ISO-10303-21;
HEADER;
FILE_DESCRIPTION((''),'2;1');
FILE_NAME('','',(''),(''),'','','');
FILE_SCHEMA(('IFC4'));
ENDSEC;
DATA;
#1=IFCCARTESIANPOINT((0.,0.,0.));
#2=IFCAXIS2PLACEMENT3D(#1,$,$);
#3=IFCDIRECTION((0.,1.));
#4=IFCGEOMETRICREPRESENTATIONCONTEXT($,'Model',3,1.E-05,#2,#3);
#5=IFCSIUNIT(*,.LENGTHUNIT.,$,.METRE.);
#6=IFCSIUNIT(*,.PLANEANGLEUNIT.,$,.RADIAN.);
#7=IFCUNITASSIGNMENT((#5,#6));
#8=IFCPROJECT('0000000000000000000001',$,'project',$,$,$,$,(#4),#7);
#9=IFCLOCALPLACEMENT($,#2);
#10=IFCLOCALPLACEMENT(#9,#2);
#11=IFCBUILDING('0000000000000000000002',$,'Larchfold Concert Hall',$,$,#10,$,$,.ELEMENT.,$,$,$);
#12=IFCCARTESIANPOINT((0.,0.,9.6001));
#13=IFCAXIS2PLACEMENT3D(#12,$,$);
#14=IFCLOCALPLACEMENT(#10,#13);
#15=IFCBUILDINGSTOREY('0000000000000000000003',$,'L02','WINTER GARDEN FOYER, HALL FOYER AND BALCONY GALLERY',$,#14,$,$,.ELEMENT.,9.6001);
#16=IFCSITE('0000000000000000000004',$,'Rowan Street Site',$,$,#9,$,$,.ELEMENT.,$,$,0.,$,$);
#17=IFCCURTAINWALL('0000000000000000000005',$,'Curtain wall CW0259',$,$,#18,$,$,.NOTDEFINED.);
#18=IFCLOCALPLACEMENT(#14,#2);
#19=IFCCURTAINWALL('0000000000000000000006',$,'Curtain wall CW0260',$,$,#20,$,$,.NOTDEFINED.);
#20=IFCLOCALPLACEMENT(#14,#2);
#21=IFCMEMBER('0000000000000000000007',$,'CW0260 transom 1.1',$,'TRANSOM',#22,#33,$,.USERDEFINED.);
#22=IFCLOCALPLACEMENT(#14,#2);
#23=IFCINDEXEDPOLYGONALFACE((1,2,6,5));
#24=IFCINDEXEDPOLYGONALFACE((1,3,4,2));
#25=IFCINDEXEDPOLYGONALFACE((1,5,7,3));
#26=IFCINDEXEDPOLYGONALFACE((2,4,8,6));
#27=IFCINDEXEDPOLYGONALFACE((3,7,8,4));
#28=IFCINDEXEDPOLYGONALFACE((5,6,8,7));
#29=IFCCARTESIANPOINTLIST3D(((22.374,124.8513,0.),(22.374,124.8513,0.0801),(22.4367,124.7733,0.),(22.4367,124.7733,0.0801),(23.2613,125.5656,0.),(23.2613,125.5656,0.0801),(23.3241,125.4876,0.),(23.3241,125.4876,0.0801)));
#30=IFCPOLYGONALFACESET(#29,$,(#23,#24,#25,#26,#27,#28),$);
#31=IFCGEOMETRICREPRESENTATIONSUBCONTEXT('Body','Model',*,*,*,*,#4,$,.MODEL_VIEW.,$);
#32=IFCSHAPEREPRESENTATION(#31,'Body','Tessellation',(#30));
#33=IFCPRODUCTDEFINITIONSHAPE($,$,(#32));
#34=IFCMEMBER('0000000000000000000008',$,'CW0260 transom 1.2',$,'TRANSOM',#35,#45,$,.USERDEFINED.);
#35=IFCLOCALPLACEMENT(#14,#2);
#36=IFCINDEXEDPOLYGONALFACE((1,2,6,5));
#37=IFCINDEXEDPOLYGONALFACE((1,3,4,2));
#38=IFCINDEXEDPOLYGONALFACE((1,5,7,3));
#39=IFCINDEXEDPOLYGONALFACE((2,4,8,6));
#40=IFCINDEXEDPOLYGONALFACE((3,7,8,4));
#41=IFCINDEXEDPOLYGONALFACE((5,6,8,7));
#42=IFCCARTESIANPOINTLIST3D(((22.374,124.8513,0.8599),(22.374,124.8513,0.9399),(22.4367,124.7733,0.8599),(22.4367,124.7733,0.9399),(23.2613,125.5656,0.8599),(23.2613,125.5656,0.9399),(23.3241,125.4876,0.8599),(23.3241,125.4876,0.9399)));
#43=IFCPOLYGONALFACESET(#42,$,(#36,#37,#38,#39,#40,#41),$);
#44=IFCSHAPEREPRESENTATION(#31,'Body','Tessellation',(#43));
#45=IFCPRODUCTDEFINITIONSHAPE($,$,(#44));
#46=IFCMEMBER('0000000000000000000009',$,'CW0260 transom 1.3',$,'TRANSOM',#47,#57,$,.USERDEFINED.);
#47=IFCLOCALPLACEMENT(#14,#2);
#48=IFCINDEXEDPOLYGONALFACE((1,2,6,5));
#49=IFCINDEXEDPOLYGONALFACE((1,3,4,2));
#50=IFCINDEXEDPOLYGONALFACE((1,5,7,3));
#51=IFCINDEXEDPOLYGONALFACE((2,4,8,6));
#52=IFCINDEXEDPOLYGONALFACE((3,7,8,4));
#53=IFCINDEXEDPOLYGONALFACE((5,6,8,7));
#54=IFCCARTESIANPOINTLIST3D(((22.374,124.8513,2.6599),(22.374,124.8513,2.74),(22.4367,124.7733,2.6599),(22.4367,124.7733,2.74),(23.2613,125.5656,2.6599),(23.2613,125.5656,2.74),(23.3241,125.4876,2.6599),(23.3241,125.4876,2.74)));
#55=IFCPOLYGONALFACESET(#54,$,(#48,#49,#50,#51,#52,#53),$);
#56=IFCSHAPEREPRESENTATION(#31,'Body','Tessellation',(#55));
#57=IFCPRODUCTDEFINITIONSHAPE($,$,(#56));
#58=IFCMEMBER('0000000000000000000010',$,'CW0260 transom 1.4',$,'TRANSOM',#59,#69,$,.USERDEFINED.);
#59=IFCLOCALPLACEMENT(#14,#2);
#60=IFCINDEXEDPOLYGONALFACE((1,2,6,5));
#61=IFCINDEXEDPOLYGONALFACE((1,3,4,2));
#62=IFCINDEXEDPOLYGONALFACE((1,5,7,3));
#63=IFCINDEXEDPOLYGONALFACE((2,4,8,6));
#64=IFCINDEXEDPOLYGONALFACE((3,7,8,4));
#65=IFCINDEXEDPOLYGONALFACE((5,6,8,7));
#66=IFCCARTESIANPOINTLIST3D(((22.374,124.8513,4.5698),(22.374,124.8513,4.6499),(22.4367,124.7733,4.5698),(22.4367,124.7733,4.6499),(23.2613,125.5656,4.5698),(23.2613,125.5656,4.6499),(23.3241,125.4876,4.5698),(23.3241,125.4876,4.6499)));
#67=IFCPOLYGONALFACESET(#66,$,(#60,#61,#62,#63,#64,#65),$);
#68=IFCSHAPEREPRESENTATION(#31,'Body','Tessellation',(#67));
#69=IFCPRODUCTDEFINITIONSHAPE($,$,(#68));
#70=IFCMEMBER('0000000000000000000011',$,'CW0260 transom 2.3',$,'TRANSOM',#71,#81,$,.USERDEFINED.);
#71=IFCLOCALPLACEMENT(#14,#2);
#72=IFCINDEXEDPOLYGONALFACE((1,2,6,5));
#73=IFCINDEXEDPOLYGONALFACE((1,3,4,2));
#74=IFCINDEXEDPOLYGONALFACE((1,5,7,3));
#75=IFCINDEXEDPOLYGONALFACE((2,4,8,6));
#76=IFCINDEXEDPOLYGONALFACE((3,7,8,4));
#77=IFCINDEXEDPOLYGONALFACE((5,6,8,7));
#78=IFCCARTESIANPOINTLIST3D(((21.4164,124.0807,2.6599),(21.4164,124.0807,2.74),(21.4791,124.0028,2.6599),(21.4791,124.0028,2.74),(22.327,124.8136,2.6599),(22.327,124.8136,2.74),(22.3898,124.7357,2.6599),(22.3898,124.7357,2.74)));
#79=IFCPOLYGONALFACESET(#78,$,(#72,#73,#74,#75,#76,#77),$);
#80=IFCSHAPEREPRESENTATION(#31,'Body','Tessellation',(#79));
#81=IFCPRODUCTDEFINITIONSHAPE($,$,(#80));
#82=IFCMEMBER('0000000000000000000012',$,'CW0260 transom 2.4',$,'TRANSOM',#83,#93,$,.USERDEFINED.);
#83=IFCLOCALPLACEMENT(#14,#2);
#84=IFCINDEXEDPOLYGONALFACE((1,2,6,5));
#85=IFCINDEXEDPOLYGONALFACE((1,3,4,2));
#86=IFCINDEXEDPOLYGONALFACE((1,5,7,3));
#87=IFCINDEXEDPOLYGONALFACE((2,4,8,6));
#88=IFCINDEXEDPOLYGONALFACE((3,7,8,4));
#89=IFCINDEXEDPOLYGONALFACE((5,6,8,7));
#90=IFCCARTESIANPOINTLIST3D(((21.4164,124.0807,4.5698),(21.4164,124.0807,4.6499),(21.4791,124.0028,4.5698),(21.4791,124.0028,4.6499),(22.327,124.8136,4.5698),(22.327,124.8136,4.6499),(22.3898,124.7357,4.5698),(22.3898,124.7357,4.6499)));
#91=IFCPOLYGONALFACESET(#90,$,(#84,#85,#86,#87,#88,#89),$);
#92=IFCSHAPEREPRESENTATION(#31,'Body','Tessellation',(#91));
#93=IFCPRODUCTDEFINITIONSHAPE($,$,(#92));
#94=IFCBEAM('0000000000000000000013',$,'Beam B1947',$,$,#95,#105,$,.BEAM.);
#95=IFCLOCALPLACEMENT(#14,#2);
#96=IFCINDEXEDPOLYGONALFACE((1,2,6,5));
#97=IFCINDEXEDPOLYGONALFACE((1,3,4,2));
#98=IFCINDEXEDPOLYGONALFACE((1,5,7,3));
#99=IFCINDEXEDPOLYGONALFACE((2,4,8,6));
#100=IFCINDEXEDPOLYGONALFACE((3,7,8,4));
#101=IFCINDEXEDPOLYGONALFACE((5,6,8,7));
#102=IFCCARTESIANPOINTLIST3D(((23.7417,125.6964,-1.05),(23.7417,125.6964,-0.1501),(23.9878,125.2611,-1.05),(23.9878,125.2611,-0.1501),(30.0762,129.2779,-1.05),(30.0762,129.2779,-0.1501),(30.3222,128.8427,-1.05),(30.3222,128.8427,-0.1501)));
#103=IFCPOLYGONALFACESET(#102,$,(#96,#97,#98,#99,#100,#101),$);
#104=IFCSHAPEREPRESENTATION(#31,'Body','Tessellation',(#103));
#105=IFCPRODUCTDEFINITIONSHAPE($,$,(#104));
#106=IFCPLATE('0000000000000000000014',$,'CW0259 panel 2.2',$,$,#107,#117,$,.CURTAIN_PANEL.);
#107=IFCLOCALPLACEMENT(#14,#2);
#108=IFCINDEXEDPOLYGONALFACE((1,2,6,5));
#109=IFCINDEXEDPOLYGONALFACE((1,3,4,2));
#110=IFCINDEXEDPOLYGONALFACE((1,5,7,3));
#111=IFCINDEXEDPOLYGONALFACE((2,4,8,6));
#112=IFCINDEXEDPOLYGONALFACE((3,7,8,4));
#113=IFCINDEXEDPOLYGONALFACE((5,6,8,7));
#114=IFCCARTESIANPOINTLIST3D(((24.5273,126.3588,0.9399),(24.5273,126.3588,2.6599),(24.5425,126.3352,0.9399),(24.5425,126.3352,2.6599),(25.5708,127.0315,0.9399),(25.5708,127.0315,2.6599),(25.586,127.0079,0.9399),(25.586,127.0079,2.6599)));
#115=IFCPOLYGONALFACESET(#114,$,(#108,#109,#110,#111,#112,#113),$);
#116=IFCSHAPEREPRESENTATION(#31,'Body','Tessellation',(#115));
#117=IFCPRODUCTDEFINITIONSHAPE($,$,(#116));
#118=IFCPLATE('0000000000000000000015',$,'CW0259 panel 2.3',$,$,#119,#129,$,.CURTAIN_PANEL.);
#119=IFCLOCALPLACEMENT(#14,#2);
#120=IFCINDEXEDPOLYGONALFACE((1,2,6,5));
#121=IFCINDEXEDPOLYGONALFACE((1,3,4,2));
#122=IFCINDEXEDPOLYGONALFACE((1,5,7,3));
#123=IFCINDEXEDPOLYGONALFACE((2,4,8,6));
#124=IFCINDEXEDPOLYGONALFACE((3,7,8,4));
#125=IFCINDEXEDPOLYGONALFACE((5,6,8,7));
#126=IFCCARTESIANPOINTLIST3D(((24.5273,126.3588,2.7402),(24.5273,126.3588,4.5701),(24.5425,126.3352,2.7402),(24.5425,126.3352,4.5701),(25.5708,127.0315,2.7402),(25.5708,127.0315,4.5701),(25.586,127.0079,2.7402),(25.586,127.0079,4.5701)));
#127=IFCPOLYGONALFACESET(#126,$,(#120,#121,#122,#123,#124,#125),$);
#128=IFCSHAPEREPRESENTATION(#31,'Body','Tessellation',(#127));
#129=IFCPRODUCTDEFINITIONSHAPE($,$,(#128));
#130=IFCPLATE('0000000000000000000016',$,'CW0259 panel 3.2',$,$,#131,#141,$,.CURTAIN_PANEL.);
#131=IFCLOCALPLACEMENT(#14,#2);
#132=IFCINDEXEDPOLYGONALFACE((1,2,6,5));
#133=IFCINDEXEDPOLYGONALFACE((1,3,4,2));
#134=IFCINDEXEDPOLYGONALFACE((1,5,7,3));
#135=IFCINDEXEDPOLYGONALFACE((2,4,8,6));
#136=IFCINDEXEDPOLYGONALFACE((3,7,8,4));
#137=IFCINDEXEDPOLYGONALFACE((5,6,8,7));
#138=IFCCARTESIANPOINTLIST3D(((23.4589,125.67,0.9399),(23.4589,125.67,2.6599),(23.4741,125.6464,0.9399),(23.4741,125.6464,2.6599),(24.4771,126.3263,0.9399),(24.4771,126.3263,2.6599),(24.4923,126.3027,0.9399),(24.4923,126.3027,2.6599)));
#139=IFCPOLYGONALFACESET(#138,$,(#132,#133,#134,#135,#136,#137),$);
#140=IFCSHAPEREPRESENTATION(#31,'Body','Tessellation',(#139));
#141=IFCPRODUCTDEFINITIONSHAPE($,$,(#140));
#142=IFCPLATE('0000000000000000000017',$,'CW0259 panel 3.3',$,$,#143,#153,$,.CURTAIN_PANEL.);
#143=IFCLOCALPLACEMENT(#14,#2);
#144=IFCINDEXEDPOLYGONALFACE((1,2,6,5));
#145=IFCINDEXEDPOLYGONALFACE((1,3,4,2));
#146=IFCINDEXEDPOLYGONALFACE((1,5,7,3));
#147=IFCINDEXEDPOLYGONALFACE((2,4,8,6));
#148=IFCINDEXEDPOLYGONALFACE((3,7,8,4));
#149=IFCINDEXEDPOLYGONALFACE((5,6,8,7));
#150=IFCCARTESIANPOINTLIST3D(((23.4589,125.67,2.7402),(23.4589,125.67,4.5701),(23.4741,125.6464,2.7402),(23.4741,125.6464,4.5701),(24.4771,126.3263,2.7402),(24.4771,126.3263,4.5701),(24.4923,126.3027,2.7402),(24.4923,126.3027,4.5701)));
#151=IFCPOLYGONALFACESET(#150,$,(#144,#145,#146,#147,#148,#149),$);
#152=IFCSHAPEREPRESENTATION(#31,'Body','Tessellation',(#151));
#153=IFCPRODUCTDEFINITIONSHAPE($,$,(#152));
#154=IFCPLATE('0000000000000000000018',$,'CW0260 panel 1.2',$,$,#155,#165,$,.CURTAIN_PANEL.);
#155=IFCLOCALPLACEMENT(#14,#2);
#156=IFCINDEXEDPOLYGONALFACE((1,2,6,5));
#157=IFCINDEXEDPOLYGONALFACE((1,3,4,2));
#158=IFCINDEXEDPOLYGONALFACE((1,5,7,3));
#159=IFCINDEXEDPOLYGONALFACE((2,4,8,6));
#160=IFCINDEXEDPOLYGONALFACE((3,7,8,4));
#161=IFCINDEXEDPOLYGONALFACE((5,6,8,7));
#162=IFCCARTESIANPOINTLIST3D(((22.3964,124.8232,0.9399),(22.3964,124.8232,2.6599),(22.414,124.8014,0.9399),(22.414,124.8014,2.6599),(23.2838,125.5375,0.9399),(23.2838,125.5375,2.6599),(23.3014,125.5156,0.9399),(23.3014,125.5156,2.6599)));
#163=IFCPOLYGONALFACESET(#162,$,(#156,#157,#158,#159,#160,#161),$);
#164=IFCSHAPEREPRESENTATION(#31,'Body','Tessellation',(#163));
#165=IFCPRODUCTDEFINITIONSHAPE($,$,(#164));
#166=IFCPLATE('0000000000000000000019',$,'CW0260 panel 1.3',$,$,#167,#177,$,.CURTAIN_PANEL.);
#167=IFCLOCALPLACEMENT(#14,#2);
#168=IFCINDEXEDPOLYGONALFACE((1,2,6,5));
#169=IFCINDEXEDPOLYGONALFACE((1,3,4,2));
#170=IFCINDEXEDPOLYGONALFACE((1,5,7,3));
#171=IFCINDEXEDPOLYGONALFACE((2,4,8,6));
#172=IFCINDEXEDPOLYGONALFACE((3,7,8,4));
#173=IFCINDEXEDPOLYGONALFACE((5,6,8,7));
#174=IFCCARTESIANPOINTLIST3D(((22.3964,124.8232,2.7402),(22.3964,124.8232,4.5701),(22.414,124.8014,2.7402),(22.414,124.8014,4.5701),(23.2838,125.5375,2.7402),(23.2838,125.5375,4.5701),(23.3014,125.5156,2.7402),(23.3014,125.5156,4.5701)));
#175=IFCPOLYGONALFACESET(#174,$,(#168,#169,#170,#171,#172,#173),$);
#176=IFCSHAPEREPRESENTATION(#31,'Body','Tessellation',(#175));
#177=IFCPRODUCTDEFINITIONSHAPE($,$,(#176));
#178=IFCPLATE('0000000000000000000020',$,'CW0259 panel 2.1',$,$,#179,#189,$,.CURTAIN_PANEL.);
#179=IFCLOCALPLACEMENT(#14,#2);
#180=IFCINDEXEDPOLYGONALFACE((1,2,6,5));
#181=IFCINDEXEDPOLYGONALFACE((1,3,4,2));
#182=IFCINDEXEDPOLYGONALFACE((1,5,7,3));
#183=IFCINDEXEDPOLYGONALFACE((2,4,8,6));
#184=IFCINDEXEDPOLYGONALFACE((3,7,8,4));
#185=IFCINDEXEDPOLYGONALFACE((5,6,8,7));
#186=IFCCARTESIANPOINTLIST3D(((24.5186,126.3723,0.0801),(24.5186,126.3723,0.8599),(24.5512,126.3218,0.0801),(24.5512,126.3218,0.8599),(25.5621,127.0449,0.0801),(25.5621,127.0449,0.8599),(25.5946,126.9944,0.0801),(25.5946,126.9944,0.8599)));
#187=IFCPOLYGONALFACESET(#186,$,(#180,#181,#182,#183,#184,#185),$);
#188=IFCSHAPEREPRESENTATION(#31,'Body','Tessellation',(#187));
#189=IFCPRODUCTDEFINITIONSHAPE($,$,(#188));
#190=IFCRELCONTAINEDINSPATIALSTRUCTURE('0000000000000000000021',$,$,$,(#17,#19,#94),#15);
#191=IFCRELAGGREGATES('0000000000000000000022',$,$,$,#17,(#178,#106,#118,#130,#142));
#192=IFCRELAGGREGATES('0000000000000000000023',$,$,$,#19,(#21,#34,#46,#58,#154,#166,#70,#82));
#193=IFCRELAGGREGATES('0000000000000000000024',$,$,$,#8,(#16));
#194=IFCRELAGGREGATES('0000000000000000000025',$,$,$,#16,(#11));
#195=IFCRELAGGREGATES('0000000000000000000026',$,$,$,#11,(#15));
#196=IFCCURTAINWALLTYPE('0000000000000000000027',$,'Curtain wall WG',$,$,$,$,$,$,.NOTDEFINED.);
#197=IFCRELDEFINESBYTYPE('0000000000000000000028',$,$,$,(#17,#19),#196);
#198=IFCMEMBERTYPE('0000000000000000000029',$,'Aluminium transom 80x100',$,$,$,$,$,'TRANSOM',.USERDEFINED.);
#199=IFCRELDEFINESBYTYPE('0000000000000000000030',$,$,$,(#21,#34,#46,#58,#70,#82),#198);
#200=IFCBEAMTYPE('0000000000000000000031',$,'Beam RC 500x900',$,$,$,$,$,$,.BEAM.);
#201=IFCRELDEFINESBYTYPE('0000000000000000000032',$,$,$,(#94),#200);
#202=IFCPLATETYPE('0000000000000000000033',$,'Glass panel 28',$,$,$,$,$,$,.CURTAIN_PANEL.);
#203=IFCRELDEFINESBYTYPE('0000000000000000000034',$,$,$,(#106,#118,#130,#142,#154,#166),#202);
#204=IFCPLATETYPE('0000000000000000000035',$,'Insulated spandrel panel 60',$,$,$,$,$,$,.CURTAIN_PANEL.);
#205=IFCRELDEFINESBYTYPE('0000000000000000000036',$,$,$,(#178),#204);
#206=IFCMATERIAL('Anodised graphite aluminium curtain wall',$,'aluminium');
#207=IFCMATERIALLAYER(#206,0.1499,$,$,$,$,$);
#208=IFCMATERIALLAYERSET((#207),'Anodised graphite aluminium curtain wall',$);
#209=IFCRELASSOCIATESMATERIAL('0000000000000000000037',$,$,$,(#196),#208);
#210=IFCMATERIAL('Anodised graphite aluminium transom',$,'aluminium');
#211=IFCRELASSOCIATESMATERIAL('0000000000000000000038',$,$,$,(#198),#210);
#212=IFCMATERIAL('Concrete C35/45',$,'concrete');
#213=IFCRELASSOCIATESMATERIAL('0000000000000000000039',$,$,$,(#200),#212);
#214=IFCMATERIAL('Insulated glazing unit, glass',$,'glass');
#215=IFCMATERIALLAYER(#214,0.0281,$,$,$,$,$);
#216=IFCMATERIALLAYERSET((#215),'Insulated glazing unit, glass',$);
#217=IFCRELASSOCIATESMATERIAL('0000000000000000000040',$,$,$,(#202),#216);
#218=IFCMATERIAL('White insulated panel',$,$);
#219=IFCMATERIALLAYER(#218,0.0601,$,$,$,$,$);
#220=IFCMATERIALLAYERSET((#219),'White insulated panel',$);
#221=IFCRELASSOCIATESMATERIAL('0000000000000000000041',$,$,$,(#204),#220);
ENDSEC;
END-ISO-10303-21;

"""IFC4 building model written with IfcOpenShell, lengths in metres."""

from ifc_helpers import new_model, si_unit, direction, frame, origin, origin_2d, place, context, subcontext, project, spatial, rectangle, extrude, material, layer, layer_set, material_profile, profile_set, type_object, element, aggregate, save


model = new_model("IFC4")

# Units and contexts
model_context = context("Model", 3, precision=1e-05, world=origin(), true_north=direction((0.0, 1.0)))
body_context = subcontext(model_context, "Body", "Model", "MODEL_VIEW")
ifc_project = project(units=[si_unit("LENGTHUNIT", "METRE"), si_unit("PLANEANGLEUNIT", "RADIAN")], contexts=[model_context])

# Site, building, storey
site_placement = place(None, origin())
site = spatial("IfcSite", under=ifc_project, at=site_placement, Name="Rowan Street Site", CompositionType="ELEMENT", RefElevation=0.0)
building_placement = place(site_placement, origin())
building = spatial("IfcBuilding", under=site, at=building_placement, Name="Larchfold Concert Hall", CompositionType="ELEMENT")
storey_placement = place(building_placement, frame((0.0, 0.0, 9.6001)))
storey = spatial("IfcBuildingStorey", under=building, at=storey_placement, Name="L02", Description="WINTER GARDEN FOYER, HALL FOYER AND BALCONY GALLERY", CompositionType="ELEMENT", Elevation=9.6001)

# Curtain walls
ifc_material_1 = material(Name="Anodised graphite aluminium curtain wall", Category="aluminium")
ifc_layer_1 = layer(ifc_material_1, 0.1499)
ifc_layer_set_1 = layer_set([ifc_layer_1], Name="Anodised graphite aluminium curtain wall")
curtain_wall_type = type_object("IfcCurtainWallType", Name="Curtain wall WG", PredefinedType="NOTDEFINED", material=ifc_layer_set_1)
curtain_wall_1_placement = place(storey_placement, origin())
curtain_wall_1 = element("IfcCurtainWall", 1, at=curtain_wall_1_placement, inside=storey, type_object=curtain_wall_type, Name="Curtain wall CW0259", PredefinedType="NOTDEFINED")
curtain_wall_2_placement = place(storey_placement, origin())
curtain_wall_2 = element("IfcCurtainWall", 2, at=curtain_wall_2_placement, inside=storey, type_object=curtain_wall_type, Name="Curtain wall CW0260", PredefinedType="NOTDEFINED")

# Members
ifc_material_2 = material(Name="Anodised graphite aluminium transom", Category="aluminium")
ifc_material_profile_1 = material_profile(ifc_material_2, rectangle(XDim=0.1001, YDim=0.0801, at=origin_2d()))
ifc_profile_set_1 = profile_set([ifc_material_profile_1], Name="Anodised graphite aluminium transom")
member_type_1 = type_object("IfcMemberType", Name="Aluminium transom 80x100", ElementType="TRANSOM", PredefinedType="USERDEFINED", material=ifc_profile_set_1)
member_1_placement = place(storey_placement, frame((23.2927, 125.5266, 0.04), z_axis=(-0.778984, -0.627044, 0.0), x_axis=(0.627044, -0.778984, 0.0)))
member_1 = element("IfcMember", 3, at=member_1_placement, type_object=member_type_1, Name="CW0260 transom 1.1", ObjectType="TRANSOM", PredefinedType="USERDEFINED", context=body_context, shape_type="SweptSolid", body=[
    extrude(rectangle(XDim=0.1001, YDim=0.0801, at=origin_2d()), origin(), (0.0, 0.0, 1.0), 1.1392),
])
member_2_placement = place(storey_placement, frame((23.2927, 125.5266, 0.8999), z_axis=(-0.778984, -0.627044, 0.0), x_axis=(0.627044, -0.778984, 0.0)))
member_2 = element("IfcMember", 4, at=member_2_placement, type_object=member_type_1, Name="CW0260 transom 1.2", ObjectType="TRANSOM", PredefinedType="USERDEFINED", context=body_context, shape_type="SweptSolid", body=[
    extrude(rectangle(XDim=0.1001, YDim=0.0801, at=origin_2d()), origin(), (0.0, 0.0, 1.0), 1.1392),
])
member_3_placement = place(storey_placement, frame((23.2927, 125.5266, 2.7), z_axis=(-0.778984, -0.627044, 0.0), x_axis=(0.627044, -0.778984, 0.0)))
member_3 = element("IfcMember", 5, at=member_3_placement, type_object=member_type_1, Name="CW0260 transom 1.3", ObjectType="TRANSOM", PredefinedType="USERDEFINED", context=body_context, shape_type="SweptSolid", body=[
    extrude(rectangle(XDim=0.1001, YDim=0.0801, at=origin_2d()), origin(), (0.0, 0.0, 1.0), 1.1392),
])
member_4_placement = place(storey_placement, frame((23.2927, 125.5266, 4.6099), z_axis=(-0.778984, -0.627044, 0.0), x_axis=(0.627044, -0.778984, 0.0)))
member_4 = element("IfcMember", 6, at=member_4_placement, type_object=member_type_1, Name="CW0260 transom 1.4", ObjectType="TRANSOM", PredefinedType="USERDEFINED", context=body_context, shape_type="SweptSolid", body=[
    extrude(rectangle(XDim=0.1001, YDim=0.0801, at=origin_2d()), origin(), (0.0, 0.0, 1.0), 1.1392),
])
member_5_placement = place(storey_placement, frame((22.3584, 124.7747, 2.7), z_axis=(-0.779032, -0.626985, 0.0), x_axis=(0.626985, -0.779032, 0.0)))
member_5 = element("IfcMember", 7, at=member_5_placement, type_object=member_type_1, Name="CW0260 transom 2.3", ObjectType="TRANSOM", PredefinedType="USERDEFINED", context=body_context, shape_type="SweptSolid", body=[
    extrude(rectangle(XDim=0.1001, YDim=0.0801, at=origin_2d()), origin(), (0.0, 0.0, 1.0), 1.1689),
])
member_6_placement = place(storey_placement, frame((22.3584, 124.7747, 4.6099), z_axis=(-0.779032, -0.626985, 0.0), x_axis=(0.626985, -0.779032, 0.0)))
member_6 = element("IfcMember", 8, at=member_6_placement, type_object=member_type_1, Name="CW0260 transom 2.4", ObjectType="TRANSOM", PredefinedType="USERDEFINED", context=body_context, shape_type="SweptSolid", body=[
    extrude(rectangle(XDim=0.1001, YDim=0.0801, at=origin_2d()), origin(), (0.0, 0.0, 1.0), 1.1689),
])

# Beam
ifc_material_3 = material(Name="Concrete C35/45", Category="concrete")
ifc_material_profile_2 = material_profile(ifc_material_3, rectangle(XDim=0.5, YDim=0.8999, at=origin_2d()))
ifc_profile_set_2 = profile_set([ifc_material_profile_2], Name="Concrete C35/45")
beam_type = type_object("IfcBeamType", Name="Beam RC 500x900", PredefinedType="BEAM", material=ifc_profile_set_2)
beam_placement = place(storey_placement, frame((23.8647, 125.4788, -0.6001), z_axis=(0.870493, 0.492181, 0.0), x_axis=(-0.492181, 0.870493, 0.0)))
element("IfcBeam", 9, at=beam_placement, inside=storey, type_object=beam_type, Name="Beam B1947", PredefinedType="BEAM", context=body_context, shape_type="SweptSolid", body=[
    extrude(rectangle(XDim=0.5, YDim=0.8999, at=origin_2d()), origin(), (0.0, 0.0, 1.0), 7.2769),
])

# Plates
ifc_material_4 = material(Name="Insulated glazing unit, glass", Category="glass")
ifc_layer_2 = layer(ifc_material_4, 0.0281)
ifc_layer_set_2 = layer_set([ifc_layer_2], Name="Insulated glazing unit, glass")
plate_type_1 = type_object("IfcPlateType", Name="Glass panel 28", PredefinedType="CURTAIN_PANEL", material=ifc_layer_set_2)
plate_1_placement = place(storey_placement, frame((25.0566, 126.6833, 0.9399), z_axis=(0.0, 0.0, 1.0), x_axis=(-0.840513, -0.541791, 0.0)))
plate_1 = element("IfcPlate", 10, at=plate_1_placement, type_object=plate_type_1, Name="CW0259 panel 2.2", PredefinedType="CURTAIN_PANEL", context=body_context, shape_type="SweptSolid", body=[
    extrude(rectangle(XDim=1.2415, YDim=0.0281, at=origin_2d()), origin(), (0.0, 0.0, 1.0), 1.72),
])
plate_2_placement = place(storey_placement, frame((25.0566, 126.6833, 2.7402), z_axis=(0.0, 0.0, 1.0), x_axis=(-0.840513, -0.541791, 0.0)))
plate_2 = element("IfcPlate", 11, at=plate_2_placement, type_object=plate_type_1, Name="CW0259 panel 2.3", PredefinedType="CURTAIN_PANEL", context=body_context, shape_type="SweptSolid", body=[
    extrude(rectangle(XDim=1.2415, YDim=0.0281, at=origin_2d()), origin(), (0.0, 0.0, 1.0), 1.8298),
])
plate_3_placement = place(storey_placement, frame((23.9756, 125.9863, 0.9399), z_axis=(0.0, 0.0, 1.0), x_axis=(-0.840513, -0.541791, 0.0)))
plate_3 = element("IfcPlate", 12, at=plate_3_placement, type_object=plate_type_1, Name="CW0259 panel 3.2", PredefinedType="CURTAIN_PANEL", context=body_context, shape_type="SweptSolid", body=[
    extrude(rectangle(XDim=1.2114, YDim=0.0281, at=origin_2d()), origin(), (0.0, 0.0, 1.0), 1.72),
])
plate_4_placement = place(storey_placement, frame((23.9756, 125.9863, 2.7402), z_axis=(0.0, 0.0, 1.0), x_axis=(-0.840513, -0.541791, 0.0)))
plate_4 = element("IfcPlate", 13, at=plate_4_placement, type_object=plate_type_1, Name="CW0259 panel 3.3", PredefinedType="CURTAIN_PANEL", context=body_context, shape_type="SweptSolid", body=[
    extrude(rectangle(XDim=1.2114, YDim=0.0281, at=origin_2d()), origin(), (0.0, 0.0, 1.0), 1.8298),
])
plate_5_placement = place(storey_placement, frame((22.8489, 125.1694, 0.9399), z_axis=(0.0, 0.0, 1.0), x_axis=(-0.779018, -0.627002, 0.0)))
plate_5 = element("IfcPlate", 14, at=plate_5_placement, type_object=plate_type_1, Name="CW0260 panel 1.2", PredefinedType="CURTAIN_PANEL", context=body_context, shape_type="SweptSolid", body=[
    extrude(rectangle(XDim=1.1392, YDim=0.0281, at=origin_2d()), origin(), (0.0, 0.0, 1.0), 1.72),
])
plate_6_placement = place(storey_placement, frame((22.8489, 125.1694, 2.7402), z_axis=(0.0, 0.0, 1.0), x_axis=(-0.779018, -0.627002, 0.0)))
plate_6 = element("IfcPlate", 15, at=plate_6_placement, type_object=plate_type_1, Name="CW0260 panel 1.3", PredefinedType="CURTAIN_PANEL", context=body_context, shape_type="SweptSolid", body=[
    extrude(rectangle(XDim=1.1392, YDim=0.0281, at=origin_2d()), origin(), (0.0, 0.0, 1.0), 1.8298),
])
ifc_material_5 = material(Name="White insulated panel")
ifc_layer_3 = layer(ifc_material_5, 0.0601)
ifc_layer_set_3 = layer_set([ifc_layer_3], Name="White insulated panel")
plate_type_2 = type_object("IfcPlateType", Name="Insulated spandrel panel 60", PredefinedType="CURTAIN_PANEL", material=ifc_layer_set_3)
plate_7_placement = place(storey_placement, frame((25.0566, 126.6833, 0.0801), z_axis=(0.0, 0.0, 1.0), x_axis=(-0.840513, -0.541791, 0.0)))
plate_7 = element("IfcPlate", 16, at=plate_7_placement, type_object=plate_type_2, Name="CW0259 panel 2.1", PredefinedType="CURTAIN_PANEL", context=body_context, shape_type="SweptSolid", body=[
    extrude(rectangle(XDim=1.2415, YDim=0.0601, at=origin_2d()), origin(), (0.0, 0.0, 1.0), 0.7798),
])
aggregate(curtain_wall_1, [plate_7, plate_1, plate_2, plate_3, plate_4])
aggregate(curtain_wall_2, [member_1, member_2, member_3, member_4, plate_5, plate_6, member_5, member_6])

save(model, "model.ifc")
